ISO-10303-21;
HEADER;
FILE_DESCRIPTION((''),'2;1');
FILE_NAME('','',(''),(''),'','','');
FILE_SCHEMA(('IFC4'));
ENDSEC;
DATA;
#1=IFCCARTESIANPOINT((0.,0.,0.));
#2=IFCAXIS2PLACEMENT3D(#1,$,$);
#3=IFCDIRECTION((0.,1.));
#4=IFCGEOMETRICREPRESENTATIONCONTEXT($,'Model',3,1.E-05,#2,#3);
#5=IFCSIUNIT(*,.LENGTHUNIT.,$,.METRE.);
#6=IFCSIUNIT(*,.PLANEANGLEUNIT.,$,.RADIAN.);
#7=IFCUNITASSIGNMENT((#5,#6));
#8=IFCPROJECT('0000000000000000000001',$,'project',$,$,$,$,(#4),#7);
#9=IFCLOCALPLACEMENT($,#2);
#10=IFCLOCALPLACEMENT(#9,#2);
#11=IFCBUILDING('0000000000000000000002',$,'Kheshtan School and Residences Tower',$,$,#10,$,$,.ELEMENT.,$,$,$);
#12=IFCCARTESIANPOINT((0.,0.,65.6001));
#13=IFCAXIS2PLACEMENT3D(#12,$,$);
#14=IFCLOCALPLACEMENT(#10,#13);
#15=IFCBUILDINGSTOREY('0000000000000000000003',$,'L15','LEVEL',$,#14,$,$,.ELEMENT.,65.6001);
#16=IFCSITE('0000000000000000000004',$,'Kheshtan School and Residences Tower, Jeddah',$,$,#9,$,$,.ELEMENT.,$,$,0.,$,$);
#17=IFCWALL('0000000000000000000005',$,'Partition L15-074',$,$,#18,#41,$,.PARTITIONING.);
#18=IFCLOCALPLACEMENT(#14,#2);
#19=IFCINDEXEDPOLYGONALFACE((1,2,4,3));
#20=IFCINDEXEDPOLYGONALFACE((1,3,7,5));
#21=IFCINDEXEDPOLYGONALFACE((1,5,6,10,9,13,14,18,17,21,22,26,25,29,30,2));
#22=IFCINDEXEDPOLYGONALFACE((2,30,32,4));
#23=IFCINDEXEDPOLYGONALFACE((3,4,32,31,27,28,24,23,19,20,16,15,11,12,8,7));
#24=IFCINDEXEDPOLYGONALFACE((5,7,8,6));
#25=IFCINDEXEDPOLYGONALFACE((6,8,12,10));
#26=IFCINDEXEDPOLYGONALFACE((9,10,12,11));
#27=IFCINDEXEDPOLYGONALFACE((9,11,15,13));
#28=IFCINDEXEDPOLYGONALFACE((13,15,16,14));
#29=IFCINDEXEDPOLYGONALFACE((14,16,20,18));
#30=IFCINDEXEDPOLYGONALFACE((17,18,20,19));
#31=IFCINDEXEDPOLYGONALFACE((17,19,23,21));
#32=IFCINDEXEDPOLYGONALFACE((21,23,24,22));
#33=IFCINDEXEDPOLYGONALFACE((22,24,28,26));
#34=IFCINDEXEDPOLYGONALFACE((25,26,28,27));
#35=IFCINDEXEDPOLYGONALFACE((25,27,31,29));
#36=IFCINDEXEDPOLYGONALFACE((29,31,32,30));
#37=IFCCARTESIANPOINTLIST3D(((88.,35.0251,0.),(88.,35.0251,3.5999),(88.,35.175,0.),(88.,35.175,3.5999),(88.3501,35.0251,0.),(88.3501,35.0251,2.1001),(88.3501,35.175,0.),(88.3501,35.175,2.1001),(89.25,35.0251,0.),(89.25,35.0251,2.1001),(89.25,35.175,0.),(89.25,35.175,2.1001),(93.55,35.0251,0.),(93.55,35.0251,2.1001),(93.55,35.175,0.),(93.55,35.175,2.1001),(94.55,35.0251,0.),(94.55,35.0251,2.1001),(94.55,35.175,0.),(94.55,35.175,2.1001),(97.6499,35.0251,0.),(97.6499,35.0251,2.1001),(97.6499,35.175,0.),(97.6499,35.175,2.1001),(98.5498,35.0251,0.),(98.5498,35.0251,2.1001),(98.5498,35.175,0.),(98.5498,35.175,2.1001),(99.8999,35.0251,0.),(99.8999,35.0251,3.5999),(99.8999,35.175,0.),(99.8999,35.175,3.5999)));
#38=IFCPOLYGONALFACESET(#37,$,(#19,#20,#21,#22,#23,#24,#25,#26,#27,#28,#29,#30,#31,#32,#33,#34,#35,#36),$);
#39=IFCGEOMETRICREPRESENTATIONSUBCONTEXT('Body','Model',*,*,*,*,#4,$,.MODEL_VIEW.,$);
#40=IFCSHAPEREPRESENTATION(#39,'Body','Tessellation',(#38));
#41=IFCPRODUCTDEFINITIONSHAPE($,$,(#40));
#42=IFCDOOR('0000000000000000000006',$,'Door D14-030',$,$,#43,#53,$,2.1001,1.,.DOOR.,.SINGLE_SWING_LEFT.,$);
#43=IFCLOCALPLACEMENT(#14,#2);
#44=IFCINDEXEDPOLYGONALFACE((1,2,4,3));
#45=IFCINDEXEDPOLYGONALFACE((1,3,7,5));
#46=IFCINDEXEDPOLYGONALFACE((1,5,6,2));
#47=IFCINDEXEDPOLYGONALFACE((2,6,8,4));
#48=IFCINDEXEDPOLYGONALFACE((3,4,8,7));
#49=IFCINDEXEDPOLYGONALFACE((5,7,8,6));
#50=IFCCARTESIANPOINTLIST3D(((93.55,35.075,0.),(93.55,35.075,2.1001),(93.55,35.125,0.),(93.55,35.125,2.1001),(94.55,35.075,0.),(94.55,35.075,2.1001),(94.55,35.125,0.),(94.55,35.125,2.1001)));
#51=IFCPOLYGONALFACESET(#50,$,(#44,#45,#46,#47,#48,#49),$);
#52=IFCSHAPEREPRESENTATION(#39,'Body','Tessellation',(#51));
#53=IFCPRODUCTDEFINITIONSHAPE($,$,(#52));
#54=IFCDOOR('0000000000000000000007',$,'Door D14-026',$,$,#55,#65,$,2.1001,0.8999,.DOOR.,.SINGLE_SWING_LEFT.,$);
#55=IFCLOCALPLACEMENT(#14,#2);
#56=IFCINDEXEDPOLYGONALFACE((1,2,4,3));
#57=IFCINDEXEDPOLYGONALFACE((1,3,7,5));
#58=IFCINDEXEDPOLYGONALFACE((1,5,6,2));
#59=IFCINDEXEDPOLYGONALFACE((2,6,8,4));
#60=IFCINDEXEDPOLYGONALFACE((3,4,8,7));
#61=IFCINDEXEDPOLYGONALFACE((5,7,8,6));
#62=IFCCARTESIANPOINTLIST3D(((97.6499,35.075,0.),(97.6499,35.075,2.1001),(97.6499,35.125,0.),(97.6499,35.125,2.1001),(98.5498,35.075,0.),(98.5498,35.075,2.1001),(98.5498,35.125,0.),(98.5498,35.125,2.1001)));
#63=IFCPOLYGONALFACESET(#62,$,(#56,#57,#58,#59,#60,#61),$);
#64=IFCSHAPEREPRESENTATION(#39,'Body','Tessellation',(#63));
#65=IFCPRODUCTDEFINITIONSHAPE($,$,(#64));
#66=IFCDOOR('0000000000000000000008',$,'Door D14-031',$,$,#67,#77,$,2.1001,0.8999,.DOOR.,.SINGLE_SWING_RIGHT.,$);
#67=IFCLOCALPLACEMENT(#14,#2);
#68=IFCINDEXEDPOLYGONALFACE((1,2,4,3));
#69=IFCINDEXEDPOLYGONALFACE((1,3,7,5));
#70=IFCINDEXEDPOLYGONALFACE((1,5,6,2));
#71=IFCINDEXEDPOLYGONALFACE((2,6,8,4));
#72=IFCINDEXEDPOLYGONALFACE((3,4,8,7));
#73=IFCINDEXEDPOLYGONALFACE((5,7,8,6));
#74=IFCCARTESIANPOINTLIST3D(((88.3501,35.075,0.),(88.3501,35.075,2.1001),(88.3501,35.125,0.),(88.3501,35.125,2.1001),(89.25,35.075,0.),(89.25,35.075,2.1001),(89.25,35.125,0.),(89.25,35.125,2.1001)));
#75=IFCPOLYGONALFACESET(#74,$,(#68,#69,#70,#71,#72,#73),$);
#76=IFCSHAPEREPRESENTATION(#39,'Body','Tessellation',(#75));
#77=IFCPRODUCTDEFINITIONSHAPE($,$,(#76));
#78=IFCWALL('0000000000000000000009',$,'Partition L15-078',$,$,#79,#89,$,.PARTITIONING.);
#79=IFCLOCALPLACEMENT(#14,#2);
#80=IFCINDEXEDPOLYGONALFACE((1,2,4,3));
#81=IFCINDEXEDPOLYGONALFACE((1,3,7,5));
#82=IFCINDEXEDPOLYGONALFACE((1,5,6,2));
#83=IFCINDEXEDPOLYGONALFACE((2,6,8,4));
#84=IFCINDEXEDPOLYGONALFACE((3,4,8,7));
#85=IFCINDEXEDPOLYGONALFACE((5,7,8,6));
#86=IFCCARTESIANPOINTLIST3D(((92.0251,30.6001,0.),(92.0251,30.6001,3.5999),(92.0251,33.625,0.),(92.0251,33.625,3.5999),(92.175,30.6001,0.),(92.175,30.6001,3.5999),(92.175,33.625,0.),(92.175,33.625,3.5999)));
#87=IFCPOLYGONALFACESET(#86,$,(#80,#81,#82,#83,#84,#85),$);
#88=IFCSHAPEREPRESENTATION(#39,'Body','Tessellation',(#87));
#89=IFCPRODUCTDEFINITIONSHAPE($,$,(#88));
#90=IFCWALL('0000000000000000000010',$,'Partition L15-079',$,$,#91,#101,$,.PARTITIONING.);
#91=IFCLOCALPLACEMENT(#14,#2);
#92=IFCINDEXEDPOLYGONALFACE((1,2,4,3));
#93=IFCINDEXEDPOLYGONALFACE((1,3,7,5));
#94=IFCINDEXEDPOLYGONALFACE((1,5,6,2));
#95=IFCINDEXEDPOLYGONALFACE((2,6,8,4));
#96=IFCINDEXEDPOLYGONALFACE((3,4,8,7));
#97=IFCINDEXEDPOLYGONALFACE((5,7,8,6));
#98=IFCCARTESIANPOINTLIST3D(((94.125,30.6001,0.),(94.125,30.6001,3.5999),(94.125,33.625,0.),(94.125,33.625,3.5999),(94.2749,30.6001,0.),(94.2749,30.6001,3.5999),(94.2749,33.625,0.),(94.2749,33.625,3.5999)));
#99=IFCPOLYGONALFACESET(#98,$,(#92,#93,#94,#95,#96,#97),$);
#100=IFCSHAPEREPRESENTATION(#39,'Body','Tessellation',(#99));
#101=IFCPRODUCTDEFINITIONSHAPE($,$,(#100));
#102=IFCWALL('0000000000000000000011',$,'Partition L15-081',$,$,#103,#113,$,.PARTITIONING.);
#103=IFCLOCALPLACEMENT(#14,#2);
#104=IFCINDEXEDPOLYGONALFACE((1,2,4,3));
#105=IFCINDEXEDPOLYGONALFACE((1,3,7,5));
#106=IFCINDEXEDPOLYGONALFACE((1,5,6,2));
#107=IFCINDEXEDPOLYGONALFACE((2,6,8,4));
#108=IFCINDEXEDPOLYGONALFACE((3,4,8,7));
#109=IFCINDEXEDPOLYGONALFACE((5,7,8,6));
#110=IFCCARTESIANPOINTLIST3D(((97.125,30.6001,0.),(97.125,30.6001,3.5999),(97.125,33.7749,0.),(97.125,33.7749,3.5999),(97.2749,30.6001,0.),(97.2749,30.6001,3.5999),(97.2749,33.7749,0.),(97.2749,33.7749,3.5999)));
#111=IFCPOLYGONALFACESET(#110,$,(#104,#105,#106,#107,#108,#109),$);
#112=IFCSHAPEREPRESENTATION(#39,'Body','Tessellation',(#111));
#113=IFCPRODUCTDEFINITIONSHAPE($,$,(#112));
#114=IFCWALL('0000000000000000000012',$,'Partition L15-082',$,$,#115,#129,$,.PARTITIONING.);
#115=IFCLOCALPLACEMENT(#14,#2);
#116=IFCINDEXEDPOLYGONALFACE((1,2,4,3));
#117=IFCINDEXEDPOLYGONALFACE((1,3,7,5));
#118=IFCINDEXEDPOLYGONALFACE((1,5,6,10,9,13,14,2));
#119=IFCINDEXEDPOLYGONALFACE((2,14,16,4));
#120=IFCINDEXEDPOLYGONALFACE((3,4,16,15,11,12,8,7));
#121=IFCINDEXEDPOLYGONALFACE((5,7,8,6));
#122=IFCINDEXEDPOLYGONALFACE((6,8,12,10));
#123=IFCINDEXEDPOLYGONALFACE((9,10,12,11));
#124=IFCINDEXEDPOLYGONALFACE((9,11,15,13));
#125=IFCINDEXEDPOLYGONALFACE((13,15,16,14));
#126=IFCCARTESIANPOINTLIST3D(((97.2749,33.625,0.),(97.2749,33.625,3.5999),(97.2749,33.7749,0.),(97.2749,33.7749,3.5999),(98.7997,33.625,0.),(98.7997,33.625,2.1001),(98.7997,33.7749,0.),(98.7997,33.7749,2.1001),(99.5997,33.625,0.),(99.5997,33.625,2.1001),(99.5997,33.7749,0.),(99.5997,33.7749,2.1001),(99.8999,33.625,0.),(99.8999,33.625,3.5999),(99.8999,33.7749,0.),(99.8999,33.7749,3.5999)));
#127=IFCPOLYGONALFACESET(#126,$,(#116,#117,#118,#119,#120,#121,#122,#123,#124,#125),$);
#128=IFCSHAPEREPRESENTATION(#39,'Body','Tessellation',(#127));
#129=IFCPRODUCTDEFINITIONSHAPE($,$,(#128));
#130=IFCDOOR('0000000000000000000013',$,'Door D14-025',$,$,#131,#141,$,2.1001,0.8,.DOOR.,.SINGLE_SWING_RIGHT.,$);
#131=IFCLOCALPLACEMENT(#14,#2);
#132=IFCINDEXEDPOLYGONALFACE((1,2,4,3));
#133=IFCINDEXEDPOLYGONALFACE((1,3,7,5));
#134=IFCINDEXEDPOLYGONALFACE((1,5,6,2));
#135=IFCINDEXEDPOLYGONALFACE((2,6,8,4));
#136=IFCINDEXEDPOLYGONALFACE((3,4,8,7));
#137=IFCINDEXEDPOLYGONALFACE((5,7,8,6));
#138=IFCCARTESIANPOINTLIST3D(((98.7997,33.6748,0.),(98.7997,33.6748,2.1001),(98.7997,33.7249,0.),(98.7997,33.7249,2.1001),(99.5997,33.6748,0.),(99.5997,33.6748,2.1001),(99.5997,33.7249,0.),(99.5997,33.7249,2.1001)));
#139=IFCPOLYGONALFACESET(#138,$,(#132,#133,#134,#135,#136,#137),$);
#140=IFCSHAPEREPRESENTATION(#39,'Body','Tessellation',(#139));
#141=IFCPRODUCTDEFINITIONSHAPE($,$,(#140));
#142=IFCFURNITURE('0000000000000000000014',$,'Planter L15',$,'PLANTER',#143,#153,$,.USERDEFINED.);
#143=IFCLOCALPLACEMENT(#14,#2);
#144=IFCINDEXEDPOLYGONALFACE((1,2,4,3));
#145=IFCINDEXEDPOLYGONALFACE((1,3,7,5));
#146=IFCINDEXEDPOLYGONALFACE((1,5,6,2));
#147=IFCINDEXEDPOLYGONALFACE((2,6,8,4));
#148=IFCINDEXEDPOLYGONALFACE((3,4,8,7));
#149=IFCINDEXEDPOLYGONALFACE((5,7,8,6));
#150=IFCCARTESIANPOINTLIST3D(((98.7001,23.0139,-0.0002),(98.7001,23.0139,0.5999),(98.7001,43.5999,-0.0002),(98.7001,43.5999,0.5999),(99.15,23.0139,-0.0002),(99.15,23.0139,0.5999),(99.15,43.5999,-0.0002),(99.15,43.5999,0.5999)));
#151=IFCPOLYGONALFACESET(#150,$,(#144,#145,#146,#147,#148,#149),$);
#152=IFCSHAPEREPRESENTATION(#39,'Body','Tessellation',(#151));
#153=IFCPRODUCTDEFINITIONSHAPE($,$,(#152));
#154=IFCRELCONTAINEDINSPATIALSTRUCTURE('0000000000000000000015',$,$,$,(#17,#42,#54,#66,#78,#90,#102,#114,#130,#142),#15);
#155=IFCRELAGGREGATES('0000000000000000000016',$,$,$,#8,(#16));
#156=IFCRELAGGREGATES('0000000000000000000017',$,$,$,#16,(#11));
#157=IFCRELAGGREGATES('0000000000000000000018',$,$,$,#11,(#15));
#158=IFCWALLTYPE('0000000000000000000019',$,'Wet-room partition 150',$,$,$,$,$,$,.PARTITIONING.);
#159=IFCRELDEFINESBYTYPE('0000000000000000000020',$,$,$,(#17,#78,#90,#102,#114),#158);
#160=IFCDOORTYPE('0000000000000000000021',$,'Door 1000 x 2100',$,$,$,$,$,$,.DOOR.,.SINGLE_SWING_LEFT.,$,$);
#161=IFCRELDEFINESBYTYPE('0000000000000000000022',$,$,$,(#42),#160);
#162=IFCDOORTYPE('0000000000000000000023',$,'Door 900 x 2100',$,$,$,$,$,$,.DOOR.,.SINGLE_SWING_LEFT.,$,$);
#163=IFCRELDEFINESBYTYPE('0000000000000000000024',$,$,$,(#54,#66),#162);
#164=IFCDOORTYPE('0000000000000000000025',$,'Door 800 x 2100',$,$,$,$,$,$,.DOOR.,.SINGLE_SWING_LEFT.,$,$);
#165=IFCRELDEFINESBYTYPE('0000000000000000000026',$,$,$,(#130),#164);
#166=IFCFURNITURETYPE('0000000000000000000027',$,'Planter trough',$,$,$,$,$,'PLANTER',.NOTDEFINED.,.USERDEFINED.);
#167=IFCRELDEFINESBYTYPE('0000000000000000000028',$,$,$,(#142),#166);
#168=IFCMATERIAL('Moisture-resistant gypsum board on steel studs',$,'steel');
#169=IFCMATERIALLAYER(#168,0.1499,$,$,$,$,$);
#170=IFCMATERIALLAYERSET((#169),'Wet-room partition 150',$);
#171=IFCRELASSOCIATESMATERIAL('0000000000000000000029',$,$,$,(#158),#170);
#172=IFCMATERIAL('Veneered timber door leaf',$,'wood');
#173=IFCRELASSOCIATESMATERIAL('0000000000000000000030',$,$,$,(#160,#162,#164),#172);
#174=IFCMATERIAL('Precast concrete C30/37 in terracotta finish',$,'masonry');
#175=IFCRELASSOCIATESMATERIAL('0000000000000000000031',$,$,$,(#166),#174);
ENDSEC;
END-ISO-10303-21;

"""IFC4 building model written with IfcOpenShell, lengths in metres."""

from ifc_helpers import new_model, si_unit, direction, frame, frame_2d, origin, origin_2d, place, context, subcontext, project, spatial, rectangle, extrude, source, transform, mapped, material, layer, layer_set, type_object, element, fill, save


model = new_model("IFC4")

# Units and contexts
model_context = context("Model", 3, precision=1e-05, world=origin(), true_north=direction((0.0, 1.0)))
body_context = subcontext(model_context, "Body", "Model", "MODEL_VIEW")
ifc_project = project(units=[si_unit("LENGTHUNIT", "METRE"), si_unit("PLANEANGLEUNIT", "RADIAN")], contexts=[model_context])

# Site, building, storey
site_placement = place(None, origin())
site = spatial("IfcSite", under=ifc_project, at=site_placement, Name="Kheshtan School and Residences Tower, Jeddah", CompositionType="ELEMENT", RefElevation=0.0)
building_placement = place(site_placement, origin())
building = spatial("IfcBuilding", under=site, at=building_placement, Name="Kheshtan School and Residences Tower", CompositionType="ELEMENT")
storey_placement = place(building_placement, frame((0.0, 0.0, 65.6001)))
storey = spatial("IfcBuildingStorey", under=building, at=storey_placement, Name="L15", Description="LEVEL", CompositionType="ELEMENT", Elevation=65.6001)

# Wall, openings, doors
ifc_material_1 = material(Name="Moisture-resistant gypsum board on steel studs", Category="steel")
ifc_layer_1 = layer(ifc_material_1, 0.1499)
ifc_layer_set_1 = layer_set([ifc_layer_1], Name="Wet-room partition 150")
wall_type_1 = type_object("IfcWallType", Name="Wet-room partition 150", PredefinedType="PARTITIONING", material=ifc_layer_set_1)
wall_1_placement = place(storey_placement, frame((88.0, 35.1001, 0.0), z_axis=(0.0, 0.0, 1.0), x_axis=(1.0, 0.0, 0.0)))
wall_1 = element("IfcWall", 1, at=wall_1_placement, inside=storey, type_object=wall_type_1, Name="Partition L15-074", PredefinedType="PARTITIONING", context=body_context, shape_type="SweptSolid", body=[
    extrude(rectangle(XDim=11.8999, YDim=0.1499, at=frame_2d((5.95, 0.0))), origin(), (0.0, 0.0, 1.0), 3.5999),
])
opening_1_placement = place(wall_1_placement, frame((9.6499, 0.0, 0.0)))
opening_1 = element("IfcOpeningElement", 2, at=opening_1_placement, cuts=wall_1, PredefinedType="OPENING", context=body_context, shape_type="SweptSolid", body=[
    extrude(rectangle(XDim=0.8999, YDim=2.1001, at=frame_2d((0.45, 1.05))), frame((0.0, 0.085, 0.0), z_axis=(0.0, -1.0, 0.0), x_axis=(1.0, 0.0, 0.0)), (0.0, 0.0, 1.0), 0.1699),
])
opening_2_placement = place(wall_1_placement, frame((5.55, 0.0, 0.0)))
opening_2 = element("IfcOpeningElement", 3, at=opening_2_placement, cuts=wall_1, PredefinedType="OPENING", context=body_context, shape_type="SweptSolid", body=[
    extrude(rectangle(XDim=1.0, YDim=2.1001, at=frame_2d((0.5, 1.05))), frame((0.0, 0.085, 0.0), z_axis=(0.0, -1.0, 0.0), x_axis=(1.0, 0.0, 0.0)), (0.0, 0.0, 1.0), 0.1699),
])
opening_3_placement = place(wall_1_placement, frame((0.3501, 0.0, 0.0)))
opening_3 = element("IfcOpeningElement", 4, at=opening_3_placement, cuts=wall_1, PredefinedType="OPENING", context=body_context, shape_type="SweptSolid", body=[
    extrude(rectangle(XDim=0.8999, YDim=2.1001, at=frame_2d((0.45, 1.05))), frame((0.0, 0.085, 0.0), z_axis=(0.0, -1.0, 0.0), x_axis=(1.0, 0.0, 0.0)), (0.0, 0.0, 1.0), 0.1699),
])
ifc_material_2 = material(Name="Veneered timber door leaf", Category="wood")
door_type_1 = type_object("IfcDoorType", Name="Door 1000 x 2100", OperationType="SINGLE_SWING_LEFT", PredefinedType="DOOR", material=ifc_material_2)
shared_shape_1 = source(origin(), body_context, "Body", "SweptSolid", [
    extrude(rectangle(XDim=1.0, YDim=2.1001, at=frame_2d((0.5, 1.05))), frame((0.0, 0.0249, 0.0), z_axis=(0.0, -1.0, 0.0), x_axis=(1.0, 0.0, 0.0)), (0.0, 0.0, 1.0), 0.05),
])
door_1_placement = place(opening_2_placement, origin())
door_1 = element("IfcDoor", 5, at=door_1_placement, inside=storey, type_object=door_type_1, Name="Door D14-030", OperationType="SINGLE_SWING_LEFT", OverallHeight=2.1001, OverallWidth=1.0, PredefinedType="DOOR", context=body_context, shape_type="MappedRepresentation", body=[
    mapped(shared_shape_1, transform((0.0, 0.0, 0.0), x_axis=(1.0, 0.0, 0.0), y_axis=(0.0, 1.0, 0.0), z_axis=(0.0, 0.0, 1.0), scale=1.0)),
])
fill(opening_2, door_1)
door_type_2 = type_object("IfcDoorType", Name="Door 900 x 2100", OperationType="SINGLE_SWING_LEFT", PredefinedType="DOOR", material=ifc_material_2)
shared_shape_2 = source(origin(), body_context, "Body", "SweptSolid", [
    extrude(rectangle(XDim=0.8999, YDim=2.1001, at=frame_2d((0.45, 1.05))), frame((0.0, 0.0249, 0.0), z_axis=(0.0, -1.0, 0.0), x_axis=(1.0, 0.0, 0.0)), (0.0, 0.0, 1.0), 0.05),
])
door_2_placement = place(opening_1_placement, origin())
door_2 = element("IfcDoor", 6, at=door_2_placement, inside=storey, type_object=door_type_2, Name="Door D14-026", OperationType="SINGLE_SWING_LEFT", OverallHeight=2.1001, OverallWidth=0.8999, PredefinedType="DOOR", context=body_context, shape_type="MappedRepresentation", body=[
    mapped(shared_shape_2, transform((0.0, 0.0, 0.0), x_axis=(1.0, 0.0, 0.0), y_axis=(0.0, 1.0, 0.0), z_axis=(0.0, 0.0, 1.0), scale=1.0)),
])
fill(opening_1, door_2)
door_3_placement = place(opening_3_placement, origin())
door_3 = element("IfcDoor", 7, at=door_3_placement, inside=storey, type_object=door_type_2, Name="Door D14-031", OperationType="SINGLE_SWING_RIGHT", OverallHeight=2.1001, OverallWidth=0.8999, PredefinedType="DOOR", context=body_context, shape_type="MappedRepresentation", body=[
    mapped(shared_shape_2, transform((0.0, 0.0, 0.0), x_axis=(1.0, 0.0, 0.0), y_axis=(0.0, 1.0, 0.0), z_axis=(0.0, 0.0, 1.0), scale=1.0)),
])
fill(opening_3, door_3)

# Walls
for number, where, z_axis, x_axis, name in (
    (8, (92.1001, 30.6001, 0.0), (0.0, 0.0, 1.0), (0.0, 1.0, 0.0), "Partition L15-078"),
    (9, (94.2, 30.6001, 0.0), (0.0, 0.0, 1.0), (0.0, 1.0, 0.0), "Partition L15-079"),
):
    element("IfcWall", number, at=place(storey_placement, frame(where, z_axis=z_axis, x_axis=x_axis)), inside=storey, type_object=wall_type_1, Name=name, PredefinedType="PARTITIONING", context=body_context, shape_type="SweptSolid", body=[
        extrude(rectangle(XDim=3.0249, YDim=0.1499, at=frame_2d((1.5125, 0.0))), origin(), (0.0, 0.0, 1.0), 3.5999),
    ])
wall_2_placement = place(storey_placement, frame((97.2, 30.6001, 0.0), z_axis=(0.0, 0.0, 1.0), x_axis=(0.0, 1.0, 0.0)))
element("IfcWall", 10, at=wall_2_placement, inside=storey, type_object=wall_type_1, Name="Partition L15-081", PredefinedType="PARTITIONING", context=body_context, shape_type="SweptSolid", body=[
    extrude(rectangle(XDim=3.1748, YDim=0.1499, at=frame_2d((1.5874, 0.0))), origin(), (0.0, 0.0, 1.0), 3.5999),
])

# Wall, opening, door
wall_3_placement = place(storey_placement, frame((97.2749, 33.7, 0.0), z_axis=(0.0, 0.0, 1.0), x_axis=(1.0, 0.0, 0.0)))
wall_3 = element("IfcWall", 11, at=wall_3_placement, inside=storey, type_object=wall_type_1, Name="Partition L15-082", PredefinedType="PARTITIONING", context=body_context, shape_type="SweptSolid", body=[
    extrude(rectangle(XDim=2.625, YDim=0.1499, at=frame_2d((1.3125, 0.0))), origin(), (0.0, 0.0, 1.0), 3.5999),
])
opening_4_placement = place(wall_3_placement, frame((1.5249, 0.0, 0.0)))
opening_4 = element("IfcOpeningElement", 12, at=opening_4_placement, cuts=wall_3, PredefinedType="OPENING", context=body_context, shape_type="SweptSolid", body=[
    extrude(rectangle(XDim=0.8, YDim=2.1001, at=frame_2d((0.3999, 1.05))), frame((0.0, 0.085, 0.0), z_axis=(0.0, -1.0, 0.0), x_axis=(1.0, 0.0, 0.0)), (0.0, 0.0, 1.0), 0.1699),
])
door_type_3 = type_object("IfcDoorType", Name="Door 800 x 2100", OperationType="SINGLE_SWING_LEFT", PredefinedType="DOOR", material=ifc_material_2)
shared_shape_3 = source(origin(), body_context, "Body", "SweptSolid", [
    extrude(rectangle(XDim=0.8, YDim=2.1001, at=frame_2d((0.3999, 1.05))), frame((0.0, 0.0249, 0.0), z_axis=(0.0, -1.0, 0.0), x_axis=(1.0, 0.0, 0.0)), (0.0, 0.0, 1.0), 0.05),
])
door_4_placement = place(opening_4_placement, origin())
door_4 = element("IfcDoor", 13, at=door_4_placement, inside=storey, type_object=door_type_3, Name="Door D14-025", OperationType="SINGLE_SWING_RIGHT", OverallHeight=2.1001, OverallWidth=0.8, PredefinedType="DOOR", context=body_context, shape_type="MappedRepresentation", body=[
    mapped(shared_shape_3, transform((0.0, 0.0, 0.0), x_axis=(1.0, 0.0, 0.0), y_axis=(0.0, 1.0, 0.0), z_axis=(0.0, 0.0, 1.0), scale=1.0)),
])
fill(opening_4, door_4)

# Furniture
ifc_material_3 = material(Name="Precast concrete C30/37 in terracotta finish", Category="masonry")
furniture_type = type_object("IfcFurnitureType", Name="Planter trough", ElementType="PLANTER", AssemblyPlace="NOTDEFINED", PredefinedType="USERDEFINED", material=ifc_material_3)
furniture_placement = place(storey_placement, frame((98.925, 33.3069, -0.0002), z_axis=(0.0, 0.0, 1.0), x_axis=(0.0, -1.0, 0.0)))
element("IfcFurniture", 14, at=furniture_placement, inside=storey, type_object=furniture_type, Name="Planter L15", ObjectType="PLANTER", PredefinedType="USERDEFINED", context=body_context, shape_type="SweptSolid", body=[
    extrude(rectangle(XDim=20.5859, YDim=0.45, at=origin_2d()), origin(), (0.0, 0.0, 1.0), 0.6001),
])

save(model, "model.ifc")
